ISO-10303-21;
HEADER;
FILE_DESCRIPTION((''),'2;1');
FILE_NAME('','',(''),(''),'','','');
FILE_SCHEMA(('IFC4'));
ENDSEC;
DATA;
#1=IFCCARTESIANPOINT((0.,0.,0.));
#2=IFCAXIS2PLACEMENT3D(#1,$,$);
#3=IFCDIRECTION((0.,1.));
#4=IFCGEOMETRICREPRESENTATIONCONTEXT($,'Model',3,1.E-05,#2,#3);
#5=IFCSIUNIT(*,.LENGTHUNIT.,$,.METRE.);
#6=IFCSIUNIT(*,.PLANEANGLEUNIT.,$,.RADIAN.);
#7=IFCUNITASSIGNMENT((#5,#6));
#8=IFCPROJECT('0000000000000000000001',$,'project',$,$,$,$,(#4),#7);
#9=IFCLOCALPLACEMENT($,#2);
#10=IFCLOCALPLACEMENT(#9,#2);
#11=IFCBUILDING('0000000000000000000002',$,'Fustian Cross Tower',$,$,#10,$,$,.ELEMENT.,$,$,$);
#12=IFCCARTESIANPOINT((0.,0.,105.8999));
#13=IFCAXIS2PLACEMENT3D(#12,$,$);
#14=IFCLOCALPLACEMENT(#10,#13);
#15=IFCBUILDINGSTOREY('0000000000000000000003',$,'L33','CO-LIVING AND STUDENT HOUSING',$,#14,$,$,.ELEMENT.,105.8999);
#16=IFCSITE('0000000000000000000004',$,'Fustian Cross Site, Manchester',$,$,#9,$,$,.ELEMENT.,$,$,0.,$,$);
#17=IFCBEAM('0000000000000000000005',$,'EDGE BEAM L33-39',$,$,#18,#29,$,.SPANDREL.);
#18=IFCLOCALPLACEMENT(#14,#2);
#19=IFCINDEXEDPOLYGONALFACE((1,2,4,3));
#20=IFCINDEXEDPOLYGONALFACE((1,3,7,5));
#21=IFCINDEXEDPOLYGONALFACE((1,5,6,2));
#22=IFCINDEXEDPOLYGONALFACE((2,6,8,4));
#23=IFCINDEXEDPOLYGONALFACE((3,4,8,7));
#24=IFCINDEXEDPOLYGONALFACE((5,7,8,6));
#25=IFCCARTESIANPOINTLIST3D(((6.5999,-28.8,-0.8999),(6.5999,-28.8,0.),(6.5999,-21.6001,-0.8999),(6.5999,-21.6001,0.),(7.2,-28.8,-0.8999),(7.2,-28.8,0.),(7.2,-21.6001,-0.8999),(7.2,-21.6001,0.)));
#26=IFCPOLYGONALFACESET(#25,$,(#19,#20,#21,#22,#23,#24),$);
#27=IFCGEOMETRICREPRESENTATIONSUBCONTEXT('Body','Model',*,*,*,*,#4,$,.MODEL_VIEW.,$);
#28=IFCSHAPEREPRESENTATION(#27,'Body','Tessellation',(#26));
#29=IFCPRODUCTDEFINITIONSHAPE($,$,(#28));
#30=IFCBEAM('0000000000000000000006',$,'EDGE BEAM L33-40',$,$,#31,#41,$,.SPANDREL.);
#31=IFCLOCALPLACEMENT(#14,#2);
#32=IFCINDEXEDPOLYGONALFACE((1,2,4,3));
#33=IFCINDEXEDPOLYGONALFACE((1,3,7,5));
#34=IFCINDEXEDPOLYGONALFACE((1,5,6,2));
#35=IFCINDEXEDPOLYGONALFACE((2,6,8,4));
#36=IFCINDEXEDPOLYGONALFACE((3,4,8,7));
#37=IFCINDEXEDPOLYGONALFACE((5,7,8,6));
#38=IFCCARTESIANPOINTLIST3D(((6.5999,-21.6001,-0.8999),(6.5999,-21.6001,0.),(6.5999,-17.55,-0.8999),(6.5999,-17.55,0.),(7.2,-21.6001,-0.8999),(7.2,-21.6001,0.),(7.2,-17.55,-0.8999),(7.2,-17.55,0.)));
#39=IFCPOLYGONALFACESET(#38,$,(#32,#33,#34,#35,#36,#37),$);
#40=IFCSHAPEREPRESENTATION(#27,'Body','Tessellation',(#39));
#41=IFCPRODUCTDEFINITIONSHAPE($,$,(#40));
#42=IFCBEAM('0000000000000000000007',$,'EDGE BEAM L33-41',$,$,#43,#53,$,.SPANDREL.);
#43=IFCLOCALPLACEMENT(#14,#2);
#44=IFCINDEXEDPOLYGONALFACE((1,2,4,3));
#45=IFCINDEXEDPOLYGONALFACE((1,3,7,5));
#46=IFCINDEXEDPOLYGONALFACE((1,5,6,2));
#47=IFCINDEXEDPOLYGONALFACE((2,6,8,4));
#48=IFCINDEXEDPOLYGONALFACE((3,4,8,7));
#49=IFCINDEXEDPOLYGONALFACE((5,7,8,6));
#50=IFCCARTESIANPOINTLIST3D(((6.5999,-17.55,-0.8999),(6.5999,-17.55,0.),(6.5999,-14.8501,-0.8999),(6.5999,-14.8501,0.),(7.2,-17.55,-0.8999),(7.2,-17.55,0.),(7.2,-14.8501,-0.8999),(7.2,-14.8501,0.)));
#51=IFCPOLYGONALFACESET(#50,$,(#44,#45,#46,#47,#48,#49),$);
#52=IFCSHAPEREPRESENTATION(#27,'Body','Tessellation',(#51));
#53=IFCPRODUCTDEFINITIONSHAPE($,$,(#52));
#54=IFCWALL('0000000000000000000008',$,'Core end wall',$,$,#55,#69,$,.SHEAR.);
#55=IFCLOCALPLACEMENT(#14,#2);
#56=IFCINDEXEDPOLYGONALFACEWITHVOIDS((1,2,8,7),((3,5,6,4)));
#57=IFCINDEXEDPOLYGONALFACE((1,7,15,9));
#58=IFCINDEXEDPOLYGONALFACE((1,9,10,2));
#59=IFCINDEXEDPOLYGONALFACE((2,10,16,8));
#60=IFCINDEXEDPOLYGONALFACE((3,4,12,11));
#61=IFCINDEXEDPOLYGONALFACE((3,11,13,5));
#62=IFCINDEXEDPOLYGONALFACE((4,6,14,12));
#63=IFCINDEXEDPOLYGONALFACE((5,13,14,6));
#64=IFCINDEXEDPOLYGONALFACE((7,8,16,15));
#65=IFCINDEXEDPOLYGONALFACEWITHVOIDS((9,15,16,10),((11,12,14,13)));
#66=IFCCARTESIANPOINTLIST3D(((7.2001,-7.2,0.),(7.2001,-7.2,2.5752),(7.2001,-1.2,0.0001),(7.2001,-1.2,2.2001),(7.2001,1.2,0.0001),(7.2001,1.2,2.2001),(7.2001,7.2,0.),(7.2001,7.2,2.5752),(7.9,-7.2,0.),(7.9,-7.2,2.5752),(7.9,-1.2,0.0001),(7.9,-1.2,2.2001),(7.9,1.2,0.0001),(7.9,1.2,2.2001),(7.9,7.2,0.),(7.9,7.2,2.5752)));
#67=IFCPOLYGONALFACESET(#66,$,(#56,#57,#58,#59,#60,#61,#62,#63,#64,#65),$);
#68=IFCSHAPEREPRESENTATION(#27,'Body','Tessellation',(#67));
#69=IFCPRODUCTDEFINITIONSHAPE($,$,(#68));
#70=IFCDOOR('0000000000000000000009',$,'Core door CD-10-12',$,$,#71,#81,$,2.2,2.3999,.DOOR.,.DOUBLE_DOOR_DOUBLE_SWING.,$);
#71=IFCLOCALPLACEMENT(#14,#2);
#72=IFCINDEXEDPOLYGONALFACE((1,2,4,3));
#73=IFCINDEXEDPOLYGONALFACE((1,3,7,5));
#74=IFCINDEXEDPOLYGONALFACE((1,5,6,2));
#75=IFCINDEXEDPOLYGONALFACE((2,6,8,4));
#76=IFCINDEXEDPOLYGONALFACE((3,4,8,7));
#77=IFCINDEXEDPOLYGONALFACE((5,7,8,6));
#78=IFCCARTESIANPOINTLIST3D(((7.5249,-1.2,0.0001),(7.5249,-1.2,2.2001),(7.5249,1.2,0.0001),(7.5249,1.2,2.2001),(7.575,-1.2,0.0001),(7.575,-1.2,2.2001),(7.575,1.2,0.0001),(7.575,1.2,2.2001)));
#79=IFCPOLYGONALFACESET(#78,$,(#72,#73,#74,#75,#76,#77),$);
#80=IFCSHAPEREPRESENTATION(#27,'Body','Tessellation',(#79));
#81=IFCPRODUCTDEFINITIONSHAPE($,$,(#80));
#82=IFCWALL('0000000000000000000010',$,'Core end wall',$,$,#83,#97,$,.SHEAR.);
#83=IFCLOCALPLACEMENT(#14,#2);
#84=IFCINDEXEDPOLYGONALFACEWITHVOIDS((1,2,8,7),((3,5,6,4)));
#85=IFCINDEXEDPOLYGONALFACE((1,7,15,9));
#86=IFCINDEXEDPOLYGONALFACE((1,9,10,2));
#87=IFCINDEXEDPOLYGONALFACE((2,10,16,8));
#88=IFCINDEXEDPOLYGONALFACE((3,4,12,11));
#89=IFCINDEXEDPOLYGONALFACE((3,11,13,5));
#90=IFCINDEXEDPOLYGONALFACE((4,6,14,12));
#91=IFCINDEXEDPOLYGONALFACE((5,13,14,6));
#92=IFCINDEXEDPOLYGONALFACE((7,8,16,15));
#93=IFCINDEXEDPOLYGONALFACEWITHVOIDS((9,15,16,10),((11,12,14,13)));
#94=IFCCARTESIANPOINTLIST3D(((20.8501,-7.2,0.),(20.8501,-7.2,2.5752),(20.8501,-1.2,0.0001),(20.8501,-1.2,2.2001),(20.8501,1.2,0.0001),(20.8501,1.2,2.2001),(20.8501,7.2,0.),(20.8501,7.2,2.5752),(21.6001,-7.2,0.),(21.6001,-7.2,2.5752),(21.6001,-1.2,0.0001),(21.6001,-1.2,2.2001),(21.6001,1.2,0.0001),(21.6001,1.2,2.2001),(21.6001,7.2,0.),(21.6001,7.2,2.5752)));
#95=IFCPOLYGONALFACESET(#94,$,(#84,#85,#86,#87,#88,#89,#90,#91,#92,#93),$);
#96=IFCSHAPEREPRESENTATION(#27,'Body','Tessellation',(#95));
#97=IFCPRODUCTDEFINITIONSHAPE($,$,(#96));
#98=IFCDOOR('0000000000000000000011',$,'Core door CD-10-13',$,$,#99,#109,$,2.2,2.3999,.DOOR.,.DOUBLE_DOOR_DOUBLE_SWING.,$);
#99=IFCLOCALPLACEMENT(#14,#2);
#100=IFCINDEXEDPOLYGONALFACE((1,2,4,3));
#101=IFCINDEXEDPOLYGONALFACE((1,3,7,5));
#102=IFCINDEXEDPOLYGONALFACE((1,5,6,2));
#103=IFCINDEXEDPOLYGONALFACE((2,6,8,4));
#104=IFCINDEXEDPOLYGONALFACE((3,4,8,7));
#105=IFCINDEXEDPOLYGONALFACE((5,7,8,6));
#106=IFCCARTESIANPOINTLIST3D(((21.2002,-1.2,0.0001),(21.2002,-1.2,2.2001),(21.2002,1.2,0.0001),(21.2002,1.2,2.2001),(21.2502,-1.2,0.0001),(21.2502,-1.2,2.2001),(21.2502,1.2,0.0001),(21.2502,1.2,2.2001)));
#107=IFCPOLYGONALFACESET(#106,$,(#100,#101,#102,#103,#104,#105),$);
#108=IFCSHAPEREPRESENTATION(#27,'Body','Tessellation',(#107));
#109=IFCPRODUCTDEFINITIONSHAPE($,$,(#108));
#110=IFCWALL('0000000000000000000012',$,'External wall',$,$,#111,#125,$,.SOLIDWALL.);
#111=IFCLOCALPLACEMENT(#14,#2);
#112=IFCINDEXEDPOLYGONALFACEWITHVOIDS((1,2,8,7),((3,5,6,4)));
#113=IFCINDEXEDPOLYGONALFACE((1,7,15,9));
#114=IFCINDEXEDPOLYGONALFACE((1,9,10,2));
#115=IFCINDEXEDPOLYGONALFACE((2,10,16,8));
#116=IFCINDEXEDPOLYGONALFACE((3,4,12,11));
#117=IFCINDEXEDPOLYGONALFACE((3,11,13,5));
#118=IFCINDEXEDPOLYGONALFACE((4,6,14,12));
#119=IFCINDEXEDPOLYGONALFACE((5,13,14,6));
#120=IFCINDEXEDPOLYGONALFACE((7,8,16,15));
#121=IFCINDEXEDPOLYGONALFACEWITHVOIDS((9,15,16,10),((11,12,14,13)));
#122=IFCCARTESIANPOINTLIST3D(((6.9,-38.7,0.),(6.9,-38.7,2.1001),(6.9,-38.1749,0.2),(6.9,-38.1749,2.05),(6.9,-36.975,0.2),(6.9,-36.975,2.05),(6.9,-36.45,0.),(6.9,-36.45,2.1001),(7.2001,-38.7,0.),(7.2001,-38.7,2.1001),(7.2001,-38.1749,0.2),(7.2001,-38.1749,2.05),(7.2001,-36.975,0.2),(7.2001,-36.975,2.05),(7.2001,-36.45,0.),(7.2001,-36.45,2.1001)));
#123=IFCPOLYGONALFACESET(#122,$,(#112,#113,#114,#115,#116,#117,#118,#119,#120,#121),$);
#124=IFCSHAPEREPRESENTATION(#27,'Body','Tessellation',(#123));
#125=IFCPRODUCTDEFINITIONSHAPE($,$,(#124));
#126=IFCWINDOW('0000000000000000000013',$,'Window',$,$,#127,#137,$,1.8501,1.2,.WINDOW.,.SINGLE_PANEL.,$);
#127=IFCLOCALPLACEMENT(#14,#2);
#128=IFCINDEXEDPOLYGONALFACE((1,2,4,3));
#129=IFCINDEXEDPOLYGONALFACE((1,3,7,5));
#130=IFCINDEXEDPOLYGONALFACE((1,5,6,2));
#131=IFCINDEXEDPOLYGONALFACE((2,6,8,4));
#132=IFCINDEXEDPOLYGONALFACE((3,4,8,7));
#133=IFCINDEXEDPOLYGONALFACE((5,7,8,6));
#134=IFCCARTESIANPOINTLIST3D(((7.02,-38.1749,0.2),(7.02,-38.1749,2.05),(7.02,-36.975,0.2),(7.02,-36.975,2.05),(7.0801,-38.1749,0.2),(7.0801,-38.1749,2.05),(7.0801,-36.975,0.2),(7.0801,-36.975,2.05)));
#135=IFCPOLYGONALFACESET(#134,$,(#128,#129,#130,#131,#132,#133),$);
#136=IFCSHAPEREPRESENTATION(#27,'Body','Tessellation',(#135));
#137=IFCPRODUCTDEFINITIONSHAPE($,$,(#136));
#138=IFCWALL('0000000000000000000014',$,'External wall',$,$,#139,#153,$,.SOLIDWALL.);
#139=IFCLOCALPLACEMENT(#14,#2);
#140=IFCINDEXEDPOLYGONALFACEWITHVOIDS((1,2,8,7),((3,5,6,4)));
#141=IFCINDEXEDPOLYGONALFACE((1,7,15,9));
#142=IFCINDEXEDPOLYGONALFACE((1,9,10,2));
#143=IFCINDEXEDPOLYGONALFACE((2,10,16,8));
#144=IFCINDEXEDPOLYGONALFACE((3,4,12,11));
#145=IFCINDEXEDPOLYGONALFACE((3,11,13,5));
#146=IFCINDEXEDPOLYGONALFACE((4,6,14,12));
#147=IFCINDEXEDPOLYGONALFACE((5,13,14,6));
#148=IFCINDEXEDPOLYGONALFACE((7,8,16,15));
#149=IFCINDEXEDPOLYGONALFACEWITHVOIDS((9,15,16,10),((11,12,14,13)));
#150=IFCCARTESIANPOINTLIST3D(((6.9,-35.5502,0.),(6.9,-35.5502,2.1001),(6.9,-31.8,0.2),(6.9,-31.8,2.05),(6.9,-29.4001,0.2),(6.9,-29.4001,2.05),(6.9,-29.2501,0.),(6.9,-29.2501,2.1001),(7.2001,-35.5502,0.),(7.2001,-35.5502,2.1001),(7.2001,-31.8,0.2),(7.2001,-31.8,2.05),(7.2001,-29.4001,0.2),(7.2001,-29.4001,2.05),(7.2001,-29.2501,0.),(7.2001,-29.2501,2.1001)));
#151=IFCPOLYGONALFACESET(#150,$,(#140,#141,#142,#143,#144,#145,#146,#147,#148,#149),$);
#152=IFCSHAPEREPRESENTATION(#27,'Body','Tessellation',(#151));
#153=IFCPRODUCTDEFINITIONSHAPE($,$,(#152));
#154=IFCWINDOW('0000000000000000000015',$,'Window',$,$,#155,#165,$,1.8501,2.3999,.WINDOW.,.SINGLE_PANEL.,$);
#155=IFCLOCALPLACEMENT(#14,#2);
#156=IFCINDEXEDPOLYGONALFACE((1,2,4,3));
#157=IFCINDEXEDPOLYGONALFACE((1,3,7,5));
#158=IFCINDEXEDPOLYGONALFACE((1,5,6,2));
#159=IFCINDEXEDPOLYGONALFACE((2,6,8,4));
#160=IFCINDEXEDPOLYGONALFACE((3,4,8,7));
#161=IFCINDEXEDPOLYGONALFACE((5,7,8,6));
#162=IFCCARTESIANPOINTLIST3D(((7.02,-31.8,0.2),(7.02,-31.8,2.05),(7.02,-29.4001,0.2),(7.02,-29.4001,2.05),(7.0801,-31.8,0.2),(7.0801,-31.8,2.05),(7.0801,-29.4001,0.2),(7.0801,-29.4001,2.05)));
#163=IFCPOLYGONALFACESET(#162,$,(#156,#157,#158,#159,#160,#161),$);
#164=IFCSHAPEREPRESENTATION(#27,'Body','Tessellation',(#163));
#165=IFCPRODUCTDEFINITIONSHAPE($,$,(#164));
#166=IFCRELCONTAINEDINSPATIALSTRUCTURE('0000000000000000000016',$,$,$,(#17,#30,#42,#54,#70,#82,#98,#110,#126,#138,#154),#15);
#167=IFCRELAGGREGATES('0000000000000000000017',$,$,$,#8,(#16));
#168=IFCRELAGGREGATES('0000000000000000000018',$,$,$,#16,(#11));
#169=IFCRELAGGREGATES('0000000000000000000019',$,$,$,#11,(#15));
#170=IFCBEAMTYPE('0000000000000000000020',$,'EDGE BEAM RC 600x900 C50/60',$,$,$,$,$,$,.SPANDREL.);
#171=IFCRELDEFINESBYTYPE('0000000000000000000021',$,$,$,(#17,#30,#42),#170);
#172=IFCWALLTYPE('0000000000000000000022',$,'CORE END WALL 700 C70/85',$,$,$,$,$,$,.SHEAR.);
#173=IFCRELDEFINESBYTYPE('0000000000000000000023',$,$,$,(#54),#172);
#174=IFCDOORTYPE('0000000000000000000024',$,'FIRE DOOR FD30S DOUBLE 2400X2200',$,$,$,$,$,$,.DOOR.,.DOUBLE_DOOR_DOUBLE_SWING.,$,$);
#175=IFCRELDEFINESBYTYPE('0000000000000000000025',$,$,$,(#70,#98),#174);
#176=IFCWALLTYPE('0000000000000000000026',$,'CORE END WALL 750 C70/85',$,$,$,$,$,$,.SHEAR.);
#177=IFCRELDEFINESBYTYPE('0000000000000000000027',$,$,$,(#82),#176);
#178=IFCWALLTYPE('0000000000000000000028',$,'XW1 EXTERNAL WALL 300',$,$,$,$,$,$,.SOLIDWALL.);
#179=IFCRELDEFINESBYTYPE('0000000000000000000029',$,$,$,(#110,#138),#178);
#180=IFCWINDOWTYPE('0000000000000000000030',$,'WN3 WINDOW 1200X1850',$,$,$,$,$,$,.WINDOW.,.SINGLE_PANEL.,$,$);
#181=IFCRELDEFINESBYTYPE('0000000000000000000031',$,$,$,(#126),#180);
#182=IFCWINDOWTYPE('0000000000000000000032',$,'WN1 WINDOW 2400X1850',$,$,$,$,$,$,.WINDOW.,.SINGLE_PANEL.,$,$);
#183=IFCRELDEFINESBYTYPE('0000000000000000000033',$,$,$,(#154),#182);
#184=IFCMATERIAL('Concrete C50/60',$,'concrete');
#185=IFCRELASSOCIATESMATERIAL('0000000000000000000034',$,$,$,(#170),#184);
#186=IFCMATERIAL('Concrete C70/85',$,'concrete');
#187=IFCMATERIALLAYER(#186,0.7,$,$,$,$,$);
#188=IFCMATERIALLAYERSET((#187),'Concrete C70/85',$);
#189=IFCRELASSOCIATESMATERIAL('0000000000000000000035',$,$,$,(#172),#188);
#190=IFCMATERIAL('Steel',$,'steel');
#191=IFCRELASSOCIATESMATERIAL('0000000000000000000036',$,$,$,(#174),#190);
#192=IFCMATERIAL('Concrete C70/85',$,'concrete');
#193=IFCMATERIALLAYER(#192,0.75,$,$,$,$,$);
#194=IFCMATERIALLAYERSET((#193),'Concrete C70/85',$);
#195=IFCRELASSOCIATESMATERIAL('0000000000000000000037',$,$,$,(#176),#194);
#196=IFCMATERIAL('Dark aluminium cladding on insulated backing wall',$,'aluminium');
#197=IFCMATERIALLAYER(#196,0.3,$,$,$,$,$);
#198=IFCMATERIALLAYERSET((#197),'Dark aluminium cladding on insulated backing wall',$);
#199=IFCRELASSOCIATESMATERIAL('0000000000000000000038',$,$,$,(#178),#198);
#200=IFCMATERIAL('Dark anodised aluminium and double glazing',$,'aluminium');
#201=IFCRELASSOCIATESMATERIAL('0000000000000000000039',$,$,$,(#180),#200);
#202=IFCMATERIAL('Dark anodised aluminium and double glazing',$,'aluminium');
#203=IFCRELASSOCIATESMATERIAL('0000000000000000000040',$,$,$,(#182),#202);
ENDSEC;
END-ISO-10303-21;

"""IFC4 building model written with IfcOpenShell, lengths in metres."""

from ifc_helpers import new_model, si_unit, direction, frame, frame_2d, origin, origin_2d, place, context, subcontext, project, spatial, rectangle, extrude, material, layer, layer_set, material_profile, profile_set, type_object, element, fill, save


model = new_model("IFC4")

# Units and contexts
model_context = context("Model", 3, precision=1e-05, world=origin(), true_north=direction((0.0, 1.0)))
body_context = subcontext(model_context, "Body", "Model", "MODEL_VIEW")
ifc_project = project(units=[si_unit("LENGTHUNIT", "METRE"), si_unit("PLANEANGLEUNIT", "RADIAN")], contexts=[model_context])

# Site, building, storey
site_placement = place(None, origin())
site = spatial("IfcSite", under=ifc_project, at=site_placement, Name="Fustian Cross Site, Manchester", CompositionType="ELEMENT", RefElevation=0.0)
building_placement = place(site_placement, origin())
building = spatial("IfcBuilding", under=site, at=building_placement, Name="Fustian Cross Tower", CompositionType="ELEMENT")
storey_placement = place(building_placement, frame((0.0, 0.0, 105.8999)))
storey = spatial("IfcBuildingStorey", under=building, at=storey_placement, Name="L33", Description="CO-LIVING AND STUDENT HOUSING", CompositionType="ELEMENT", Elevation=105.8999)

# Beams
ifc_material_1 = material(Name="Concrete C50/60", Category="concrete")
ifc_material_profile = material_profile(ifc_material_1, rectangle(XDim=0.6001, YDim=0.8999, at=origin_2d()), Name="RC 600x900")
ifc_profile_set = profile_set([ifc_material_profile], Name="Concrete C50/60")
beam_type = type_object("IfcBeamType", Name="EDGE BEAM RC 600x900 C50/60", PredefinedType="SPANDREL", material=ifc_profile_set)
beam_1_placement = place(storey_placement, frame((6.8999, -28.8, -0.45), z_axis=(0.0, 1.0, 0.0), x_axis=(-1.0, 0.0, 0.0)))
element("IfcBeam", 1, at=beam_1_placement, inside=storey, type_object=beam_type, Name="EDGE BEAM L33-39", PredefinedType="SPANDREL", context=body_context, shape_type="SweptSolid", body=[
    extrude(rectangle(XDim=0.6001, YDim=0.8999, at=origin_2d()), origin(), (0.0, 0.0, 1.0), 7.2),
])
beam_2_placement = place(storey_placement, frame((6.8999, -21.6001, -0.45), z_axis=(0.0, 1.0, 0.0), x_axis=(-1.0, 0.0, 0.0)))
element("IfcBeam", 2, at=beam_2_placement, inside=storey, type_object=beam_type, Name="EDGE BEAM L33-40", PredefinedType="SPANDREL", context=body_context, shape_type="SweptSolid", body=[
    extrude(rectangle(XDim=0.6001, YDim=0.8999, at=origin_2d()), origin(), (0.0, 0.0, 1.0), 4.05),
])
beam_3_placement = place(storey_placement, frame((6.8999, -17.55, -0.45), z_axis=(0.0, 1.0, 0.0), x_axis=(-1.0, 0.0, 0.0)))
element("IfcBeam", 3, at=beam_3_placement, inside=storey, type_object=beam_type, Name="EDGE BEAM L33-41", PredefinedType="SPANDREL", context=body_context, shape_type="SweptSolid", body=[
    extrude(rectangle(XDim=0.6001, YDim=0.8999, at=origin_2d()), origin(), (0.0, 0.0, 1.0), 2.7),
])

# Walls, openings, doors
ifc_material_2 = material(Name="Concrete C70/85", Category="concrete")
ifc_layer_1 = layer(ifc_material_2, 0.7)
ifc_layer_set_1 = layer_set([ifc_layer_1], Name="Concrete C70/85")
wall_type_1 = type_object("IfcWallType", Name="CORE END WALL 700 C70/85", PredefinedType="SHEAR", material=ifc_layer_set_1)
wall_1_placement = place(storey_placement, frame((7.55, -7.2, 0.0), z_axis=(0.0, 0.0, 1.0), x_axis=(0.0, 1.0, 0.0)))
wall_1 = element("IfcWall", 4, at=wall_1_placement, inside=storey, type_object=wall_type_1, Name="Core end wall", PredefinedType="SHEAR", context=body_context, shape_type="SweptSolid", body=[
    extrude(rectangle(XDim=14.3999, YDim=0.7, at=frame_2d((7.2, 0.0))), origin(), (0.0, 0.0, 1.0), 2.5752),
])
opening_1_placement = place(wall_1_placement, frame((6.0, 0.0, 0.0)))
opening_1 = element("IfcOpeningElement", 5, at=opening_1_placement, cuts=wall_1, PredefinedType="OPENING", context=body_context, shape_type="SweptSolid", body=[
    extrude(rectangle(XDim=2.3999, YDim=2.2, at=frame_2d((1.2, 1.1001))), frame((0.0, 0.3599, 0.0), z_axis=(0.0, -1.0, 0.0), x_axis=(1.0, 0.0, 0.0)), (0.0, 0.0, 1.0), 0.72),
])
ifc_material_3 = material(Name="Steel", Category="steel")
door_type = type_object("IfcDoorType", Name="FIRE DOOR FD30S DOUBLE 2400X2200", OperationType="DOUBLE_DOOR_DOUBLE_SWING", PredefinedType="DOOR", material=ifc_material_3)
door_1_placement = place(opening_1_placement, frame((2.3999, 0.0, 0.0), z_axis=(0.0, 0.0, 1.0), x_axis=(-1.0, 0.0, 0.0)))
door_1 = element("IfcDoor", 6, at=door_1_placement, inside=storey, type_object=door_type, Name="Core door CD-10-12", OperationType="DOUBLE_DOOR_DOUBLE_SWING", OverallHeight=2.2, OverallWidth=2.3999, PredefinedType="DOOR", context=body_context, shape_type="SweptSolid", body=[
    extrude(rectangle(XDim=2.3999, YDim=2.2, at=frame_2d((1.2, 1.1001))), frame((0.0, 0.0249, 0.0), z_axis=(0.0, -1.0, 0.0), x_axis=(1.0, 0.0, 0.0)), (0.0, 0.0, 1.0), 0.05),
])
fill(opening_1, door_1)
ifc_material_4 = material(Name="Concrete C70/85", Category="concrete")
ifc_layer_2 = layer(ifc_material_4, 0.75)
ifc_layer_set_2 = layer_set([ifc_layer_2], Name="Concrete C70/85")
wall_type_2 = type_object("IfcWallType", Name="CORE END WALL 750 C70/85", PredefinedType="SHEAR", material=ifc_layer_set_2)
wall_2_placement = place(storey_placement, frame((21.2251, -7.2, 0.0), z_axis=(0.0, 0.0, 1.0), x_axis=(0.0, 1.0, 0.0)))
wall_2 = element("IfcWall", 7, at=wall_2_placement, inside=storey, type_object=wall_type_2, Name="Core end wall", PredefinedType="SHEAR", context=body_context, shape_type="SweptSolid", body=[
    extrude(rectangle(XDim=14.3999, YDim=0.75, at=frame_2d((7.2, 0.0))), origin(), (0.0, 0.0, 1.0), 2.5752),
])
opening_2_placement = place(wall_2_placement, frame((6.0, 0.0, 0.0)))
opening_2 = element("IfcOpeningElement", 8, at=opening_2_placement, cuts=wall_2, PredefinedType="OPENING", context=body_context, shape_type="SweptSolid", body=[
    extrude(rectangle(XDim=2.3999, YDim=2.2, at=frame_2d((1.2, 1.1001))), frame((0.0, 0.385, 0.0), z_axis=(0.0, -1.0, 0.0), x_axis=(1.0, 0.0, 0.0)), (0.0, 0.0, 1.0), 0.77),
])
door_2_placement = place(opening_2_placement, origin())
door_2 = element("IfcDoor", 9, at=door_2_placement, inside=storey, type_object=door_type, Name="Core door CD-10-13", OperationType="DOUBLE_DOOR_DOUBLE_SWING", OverallHeight=2.2, OverallWidth=2.3999, PredefinedType="DOOR", context=body_context, shape_type="SweptSolid", body=[
    extrude(rectangle(XDim=2.3999, YDim=2.2, at=frame_2d((1.2, 1.1001))), frame((0.0, 0.0249, 0.0), z_axis=(0.0, -1.0, 0.0), x_axis=(1.0, 0.0, 0.0)), (0.0, 0.0, 1.0), 0.05),
])
fill(opening_2, door_2)

# Walls, openings, windows
ifc_material_5 = material(Name="Dark aluminium cladding on insulated backing wall", Category="aluminium")
ifc_layer_3 = layer(ifc_material_5, 0.3)
ifc_layer_set_3 = layer_set([ifc_layer_3], Name="Dark aluminium cladding on insulated backing wall")
wall_type_3 = type_object("IfcWallType", Name="XW1 EXTERNAL WALL 300", PredefinedType="SOLIDWALL", material=ifc_layer_set_3)
wall_3_placement = place(storey_placement, frame((7.05, -38.7, 0.0), z_axis=(0.0, 0.0, 1.0), x_axis=(0.0, 1.0, 0.0)))
wall_3 = element("IfcWall", 10, at=wall_3_placement, inside=storey, type_object=wall_type_3, Name="External wall", PredefinedType="SOLIDWALL", context=body_context, shape_type="SweptSolid", body=[
    extrude(rectangle(XDim=2.25, YDim=0.3, at=frame_2d((1.125, 0.0))), origin(), (0.0, 0.0, 1.0), 2.1001),
])
opening_3_placement = place(wall_3_placement, frame((0.5249, 0.0, 0.2)))
opening_3 = element("IfcOpeningElement", 11, at=opening_3_placement, cuts=wall_3, PredefinedType="OPENING", context=body_context, shape_type="SweptSolid", body=[
    extrude(rectangle(XDim=1.2, YDim=1.8501, at=frame_2d((0.6001, 0.925))), frame((0.0, 0.1599, 0.0), z_axis=(0.0, -1.0, 0.0), x_axis=(1.0, 0.0, 0.0)), (0.0, 0.0, 1.0), 0.3201),
])
ifc_material_6 = material(Name="Dark anodised aluminium and double glazing", Category="aluminium")
window_type_1 = type_object("IfcWindowType", Name="WN3 WINDOW 1200X1850", PartitioningType="SINGLE_PANEL", PredefinedType="WINDOW", material=ifc_material_6)
window_1_placement = place(opening_3_placement, origin())
window_1 = element("IfcWindow", 12, at=window_1_placement, inside=storey, type_object=window_type_1, Name="Window", OverallHeight=1.8501, OverallWidth=1.2, PartitioningType="SINGLE_PANEL", PredefinedType="WINDOW", context=body_context, shape_type="SweptSolid", body=[
    extrude(rectangle(XDim=1.2, YDim=1.8501, at=frame_2d((0.6001, 0.925))), frame((0.0, 0.03, 0.0), z_axis=(0.0, -1.0, 0.0), x_axis=(1.0, 0.0, 0.0)), (0.0, 0.0, 1.0), 0.0601),
])
fill(opening_3, window_1)
wall_4_placement = place(storey_placement, frame((7.05, -35.55, 0.0), z_axis=(0.0, 0.0, 1.0), x_axis=(0.0, 1.0, 0.0)))
wall_4 = element("IfcWall", 13, at=wall_4_placement, inside=storey, type_object=wall_type_3, Name="External wall", PredefinedType="SOLIDWALL", context=body_context, shape_type="SweptSolid", body=[
    extrude(rectangle(XDim=6.3, YDim=0.3, at=frame_2d((3.1499, 0.0))), origin(), (0.0, 0.0, 1.0), 2.1001),
])
opening_4_placement = place(wall_4_placement, frame((3.75, 0.0, 0.2)))
opening_4 = element("IfcOpeningElement", 14, at=opening_4_placement, cuts=wall_4, PredefinedType="OPENING", context=body_context, shape_type="SweptSolid", body=[
    extrude(rectangle(XDim=2.3999, YDim=1.8501, at=frame_2d((1.2, 0.925))), frame((0.0, 0.1599, 0.0), z_axis=(0.0, -1.0, 0.0), x_axis=(1.0, 0.0, 0.0)), (0.0, 0.0, 1.0), 0.3201),
])
ifc_material_7 = material(Name="Dark anodised aluminium and double glazing", Category="aluminium")
window_type_2 = type_object("IfcWindowType", Name="WN1 WINDOW 2400X1850", PartitioningType="SINGLE_PANEL", PredefinedType="WINDOW", material=ifc_material_7)
window_2_placement = place(opening_4_placement, origin())
window_2 = element("IfcWindow", 15, at=window_2_placement, inside=storey, type_object=window_type_2, Name="Window", OverallHeight=1.8501, OverallWidth=2.3999, PartitioningType="SINGLE_PANEL", PredefinedType="WINDOW", context=body_context, shape_type="SweptSolid", body=[
    extrude(rectangle(XDim=2.3999, YDim=1.8501, at=frame_2d((1.2, 0.925))), frame((0.0, 0.03, 0.0), z_axis=(0.0, -1.0, 0.0), x_axis=(1.0, 0.0, 0.0)), (0.0, 0.0, 1.0), 0.0601),
])
fill(opening_4, window_2)

save(model, "model.ifc")
